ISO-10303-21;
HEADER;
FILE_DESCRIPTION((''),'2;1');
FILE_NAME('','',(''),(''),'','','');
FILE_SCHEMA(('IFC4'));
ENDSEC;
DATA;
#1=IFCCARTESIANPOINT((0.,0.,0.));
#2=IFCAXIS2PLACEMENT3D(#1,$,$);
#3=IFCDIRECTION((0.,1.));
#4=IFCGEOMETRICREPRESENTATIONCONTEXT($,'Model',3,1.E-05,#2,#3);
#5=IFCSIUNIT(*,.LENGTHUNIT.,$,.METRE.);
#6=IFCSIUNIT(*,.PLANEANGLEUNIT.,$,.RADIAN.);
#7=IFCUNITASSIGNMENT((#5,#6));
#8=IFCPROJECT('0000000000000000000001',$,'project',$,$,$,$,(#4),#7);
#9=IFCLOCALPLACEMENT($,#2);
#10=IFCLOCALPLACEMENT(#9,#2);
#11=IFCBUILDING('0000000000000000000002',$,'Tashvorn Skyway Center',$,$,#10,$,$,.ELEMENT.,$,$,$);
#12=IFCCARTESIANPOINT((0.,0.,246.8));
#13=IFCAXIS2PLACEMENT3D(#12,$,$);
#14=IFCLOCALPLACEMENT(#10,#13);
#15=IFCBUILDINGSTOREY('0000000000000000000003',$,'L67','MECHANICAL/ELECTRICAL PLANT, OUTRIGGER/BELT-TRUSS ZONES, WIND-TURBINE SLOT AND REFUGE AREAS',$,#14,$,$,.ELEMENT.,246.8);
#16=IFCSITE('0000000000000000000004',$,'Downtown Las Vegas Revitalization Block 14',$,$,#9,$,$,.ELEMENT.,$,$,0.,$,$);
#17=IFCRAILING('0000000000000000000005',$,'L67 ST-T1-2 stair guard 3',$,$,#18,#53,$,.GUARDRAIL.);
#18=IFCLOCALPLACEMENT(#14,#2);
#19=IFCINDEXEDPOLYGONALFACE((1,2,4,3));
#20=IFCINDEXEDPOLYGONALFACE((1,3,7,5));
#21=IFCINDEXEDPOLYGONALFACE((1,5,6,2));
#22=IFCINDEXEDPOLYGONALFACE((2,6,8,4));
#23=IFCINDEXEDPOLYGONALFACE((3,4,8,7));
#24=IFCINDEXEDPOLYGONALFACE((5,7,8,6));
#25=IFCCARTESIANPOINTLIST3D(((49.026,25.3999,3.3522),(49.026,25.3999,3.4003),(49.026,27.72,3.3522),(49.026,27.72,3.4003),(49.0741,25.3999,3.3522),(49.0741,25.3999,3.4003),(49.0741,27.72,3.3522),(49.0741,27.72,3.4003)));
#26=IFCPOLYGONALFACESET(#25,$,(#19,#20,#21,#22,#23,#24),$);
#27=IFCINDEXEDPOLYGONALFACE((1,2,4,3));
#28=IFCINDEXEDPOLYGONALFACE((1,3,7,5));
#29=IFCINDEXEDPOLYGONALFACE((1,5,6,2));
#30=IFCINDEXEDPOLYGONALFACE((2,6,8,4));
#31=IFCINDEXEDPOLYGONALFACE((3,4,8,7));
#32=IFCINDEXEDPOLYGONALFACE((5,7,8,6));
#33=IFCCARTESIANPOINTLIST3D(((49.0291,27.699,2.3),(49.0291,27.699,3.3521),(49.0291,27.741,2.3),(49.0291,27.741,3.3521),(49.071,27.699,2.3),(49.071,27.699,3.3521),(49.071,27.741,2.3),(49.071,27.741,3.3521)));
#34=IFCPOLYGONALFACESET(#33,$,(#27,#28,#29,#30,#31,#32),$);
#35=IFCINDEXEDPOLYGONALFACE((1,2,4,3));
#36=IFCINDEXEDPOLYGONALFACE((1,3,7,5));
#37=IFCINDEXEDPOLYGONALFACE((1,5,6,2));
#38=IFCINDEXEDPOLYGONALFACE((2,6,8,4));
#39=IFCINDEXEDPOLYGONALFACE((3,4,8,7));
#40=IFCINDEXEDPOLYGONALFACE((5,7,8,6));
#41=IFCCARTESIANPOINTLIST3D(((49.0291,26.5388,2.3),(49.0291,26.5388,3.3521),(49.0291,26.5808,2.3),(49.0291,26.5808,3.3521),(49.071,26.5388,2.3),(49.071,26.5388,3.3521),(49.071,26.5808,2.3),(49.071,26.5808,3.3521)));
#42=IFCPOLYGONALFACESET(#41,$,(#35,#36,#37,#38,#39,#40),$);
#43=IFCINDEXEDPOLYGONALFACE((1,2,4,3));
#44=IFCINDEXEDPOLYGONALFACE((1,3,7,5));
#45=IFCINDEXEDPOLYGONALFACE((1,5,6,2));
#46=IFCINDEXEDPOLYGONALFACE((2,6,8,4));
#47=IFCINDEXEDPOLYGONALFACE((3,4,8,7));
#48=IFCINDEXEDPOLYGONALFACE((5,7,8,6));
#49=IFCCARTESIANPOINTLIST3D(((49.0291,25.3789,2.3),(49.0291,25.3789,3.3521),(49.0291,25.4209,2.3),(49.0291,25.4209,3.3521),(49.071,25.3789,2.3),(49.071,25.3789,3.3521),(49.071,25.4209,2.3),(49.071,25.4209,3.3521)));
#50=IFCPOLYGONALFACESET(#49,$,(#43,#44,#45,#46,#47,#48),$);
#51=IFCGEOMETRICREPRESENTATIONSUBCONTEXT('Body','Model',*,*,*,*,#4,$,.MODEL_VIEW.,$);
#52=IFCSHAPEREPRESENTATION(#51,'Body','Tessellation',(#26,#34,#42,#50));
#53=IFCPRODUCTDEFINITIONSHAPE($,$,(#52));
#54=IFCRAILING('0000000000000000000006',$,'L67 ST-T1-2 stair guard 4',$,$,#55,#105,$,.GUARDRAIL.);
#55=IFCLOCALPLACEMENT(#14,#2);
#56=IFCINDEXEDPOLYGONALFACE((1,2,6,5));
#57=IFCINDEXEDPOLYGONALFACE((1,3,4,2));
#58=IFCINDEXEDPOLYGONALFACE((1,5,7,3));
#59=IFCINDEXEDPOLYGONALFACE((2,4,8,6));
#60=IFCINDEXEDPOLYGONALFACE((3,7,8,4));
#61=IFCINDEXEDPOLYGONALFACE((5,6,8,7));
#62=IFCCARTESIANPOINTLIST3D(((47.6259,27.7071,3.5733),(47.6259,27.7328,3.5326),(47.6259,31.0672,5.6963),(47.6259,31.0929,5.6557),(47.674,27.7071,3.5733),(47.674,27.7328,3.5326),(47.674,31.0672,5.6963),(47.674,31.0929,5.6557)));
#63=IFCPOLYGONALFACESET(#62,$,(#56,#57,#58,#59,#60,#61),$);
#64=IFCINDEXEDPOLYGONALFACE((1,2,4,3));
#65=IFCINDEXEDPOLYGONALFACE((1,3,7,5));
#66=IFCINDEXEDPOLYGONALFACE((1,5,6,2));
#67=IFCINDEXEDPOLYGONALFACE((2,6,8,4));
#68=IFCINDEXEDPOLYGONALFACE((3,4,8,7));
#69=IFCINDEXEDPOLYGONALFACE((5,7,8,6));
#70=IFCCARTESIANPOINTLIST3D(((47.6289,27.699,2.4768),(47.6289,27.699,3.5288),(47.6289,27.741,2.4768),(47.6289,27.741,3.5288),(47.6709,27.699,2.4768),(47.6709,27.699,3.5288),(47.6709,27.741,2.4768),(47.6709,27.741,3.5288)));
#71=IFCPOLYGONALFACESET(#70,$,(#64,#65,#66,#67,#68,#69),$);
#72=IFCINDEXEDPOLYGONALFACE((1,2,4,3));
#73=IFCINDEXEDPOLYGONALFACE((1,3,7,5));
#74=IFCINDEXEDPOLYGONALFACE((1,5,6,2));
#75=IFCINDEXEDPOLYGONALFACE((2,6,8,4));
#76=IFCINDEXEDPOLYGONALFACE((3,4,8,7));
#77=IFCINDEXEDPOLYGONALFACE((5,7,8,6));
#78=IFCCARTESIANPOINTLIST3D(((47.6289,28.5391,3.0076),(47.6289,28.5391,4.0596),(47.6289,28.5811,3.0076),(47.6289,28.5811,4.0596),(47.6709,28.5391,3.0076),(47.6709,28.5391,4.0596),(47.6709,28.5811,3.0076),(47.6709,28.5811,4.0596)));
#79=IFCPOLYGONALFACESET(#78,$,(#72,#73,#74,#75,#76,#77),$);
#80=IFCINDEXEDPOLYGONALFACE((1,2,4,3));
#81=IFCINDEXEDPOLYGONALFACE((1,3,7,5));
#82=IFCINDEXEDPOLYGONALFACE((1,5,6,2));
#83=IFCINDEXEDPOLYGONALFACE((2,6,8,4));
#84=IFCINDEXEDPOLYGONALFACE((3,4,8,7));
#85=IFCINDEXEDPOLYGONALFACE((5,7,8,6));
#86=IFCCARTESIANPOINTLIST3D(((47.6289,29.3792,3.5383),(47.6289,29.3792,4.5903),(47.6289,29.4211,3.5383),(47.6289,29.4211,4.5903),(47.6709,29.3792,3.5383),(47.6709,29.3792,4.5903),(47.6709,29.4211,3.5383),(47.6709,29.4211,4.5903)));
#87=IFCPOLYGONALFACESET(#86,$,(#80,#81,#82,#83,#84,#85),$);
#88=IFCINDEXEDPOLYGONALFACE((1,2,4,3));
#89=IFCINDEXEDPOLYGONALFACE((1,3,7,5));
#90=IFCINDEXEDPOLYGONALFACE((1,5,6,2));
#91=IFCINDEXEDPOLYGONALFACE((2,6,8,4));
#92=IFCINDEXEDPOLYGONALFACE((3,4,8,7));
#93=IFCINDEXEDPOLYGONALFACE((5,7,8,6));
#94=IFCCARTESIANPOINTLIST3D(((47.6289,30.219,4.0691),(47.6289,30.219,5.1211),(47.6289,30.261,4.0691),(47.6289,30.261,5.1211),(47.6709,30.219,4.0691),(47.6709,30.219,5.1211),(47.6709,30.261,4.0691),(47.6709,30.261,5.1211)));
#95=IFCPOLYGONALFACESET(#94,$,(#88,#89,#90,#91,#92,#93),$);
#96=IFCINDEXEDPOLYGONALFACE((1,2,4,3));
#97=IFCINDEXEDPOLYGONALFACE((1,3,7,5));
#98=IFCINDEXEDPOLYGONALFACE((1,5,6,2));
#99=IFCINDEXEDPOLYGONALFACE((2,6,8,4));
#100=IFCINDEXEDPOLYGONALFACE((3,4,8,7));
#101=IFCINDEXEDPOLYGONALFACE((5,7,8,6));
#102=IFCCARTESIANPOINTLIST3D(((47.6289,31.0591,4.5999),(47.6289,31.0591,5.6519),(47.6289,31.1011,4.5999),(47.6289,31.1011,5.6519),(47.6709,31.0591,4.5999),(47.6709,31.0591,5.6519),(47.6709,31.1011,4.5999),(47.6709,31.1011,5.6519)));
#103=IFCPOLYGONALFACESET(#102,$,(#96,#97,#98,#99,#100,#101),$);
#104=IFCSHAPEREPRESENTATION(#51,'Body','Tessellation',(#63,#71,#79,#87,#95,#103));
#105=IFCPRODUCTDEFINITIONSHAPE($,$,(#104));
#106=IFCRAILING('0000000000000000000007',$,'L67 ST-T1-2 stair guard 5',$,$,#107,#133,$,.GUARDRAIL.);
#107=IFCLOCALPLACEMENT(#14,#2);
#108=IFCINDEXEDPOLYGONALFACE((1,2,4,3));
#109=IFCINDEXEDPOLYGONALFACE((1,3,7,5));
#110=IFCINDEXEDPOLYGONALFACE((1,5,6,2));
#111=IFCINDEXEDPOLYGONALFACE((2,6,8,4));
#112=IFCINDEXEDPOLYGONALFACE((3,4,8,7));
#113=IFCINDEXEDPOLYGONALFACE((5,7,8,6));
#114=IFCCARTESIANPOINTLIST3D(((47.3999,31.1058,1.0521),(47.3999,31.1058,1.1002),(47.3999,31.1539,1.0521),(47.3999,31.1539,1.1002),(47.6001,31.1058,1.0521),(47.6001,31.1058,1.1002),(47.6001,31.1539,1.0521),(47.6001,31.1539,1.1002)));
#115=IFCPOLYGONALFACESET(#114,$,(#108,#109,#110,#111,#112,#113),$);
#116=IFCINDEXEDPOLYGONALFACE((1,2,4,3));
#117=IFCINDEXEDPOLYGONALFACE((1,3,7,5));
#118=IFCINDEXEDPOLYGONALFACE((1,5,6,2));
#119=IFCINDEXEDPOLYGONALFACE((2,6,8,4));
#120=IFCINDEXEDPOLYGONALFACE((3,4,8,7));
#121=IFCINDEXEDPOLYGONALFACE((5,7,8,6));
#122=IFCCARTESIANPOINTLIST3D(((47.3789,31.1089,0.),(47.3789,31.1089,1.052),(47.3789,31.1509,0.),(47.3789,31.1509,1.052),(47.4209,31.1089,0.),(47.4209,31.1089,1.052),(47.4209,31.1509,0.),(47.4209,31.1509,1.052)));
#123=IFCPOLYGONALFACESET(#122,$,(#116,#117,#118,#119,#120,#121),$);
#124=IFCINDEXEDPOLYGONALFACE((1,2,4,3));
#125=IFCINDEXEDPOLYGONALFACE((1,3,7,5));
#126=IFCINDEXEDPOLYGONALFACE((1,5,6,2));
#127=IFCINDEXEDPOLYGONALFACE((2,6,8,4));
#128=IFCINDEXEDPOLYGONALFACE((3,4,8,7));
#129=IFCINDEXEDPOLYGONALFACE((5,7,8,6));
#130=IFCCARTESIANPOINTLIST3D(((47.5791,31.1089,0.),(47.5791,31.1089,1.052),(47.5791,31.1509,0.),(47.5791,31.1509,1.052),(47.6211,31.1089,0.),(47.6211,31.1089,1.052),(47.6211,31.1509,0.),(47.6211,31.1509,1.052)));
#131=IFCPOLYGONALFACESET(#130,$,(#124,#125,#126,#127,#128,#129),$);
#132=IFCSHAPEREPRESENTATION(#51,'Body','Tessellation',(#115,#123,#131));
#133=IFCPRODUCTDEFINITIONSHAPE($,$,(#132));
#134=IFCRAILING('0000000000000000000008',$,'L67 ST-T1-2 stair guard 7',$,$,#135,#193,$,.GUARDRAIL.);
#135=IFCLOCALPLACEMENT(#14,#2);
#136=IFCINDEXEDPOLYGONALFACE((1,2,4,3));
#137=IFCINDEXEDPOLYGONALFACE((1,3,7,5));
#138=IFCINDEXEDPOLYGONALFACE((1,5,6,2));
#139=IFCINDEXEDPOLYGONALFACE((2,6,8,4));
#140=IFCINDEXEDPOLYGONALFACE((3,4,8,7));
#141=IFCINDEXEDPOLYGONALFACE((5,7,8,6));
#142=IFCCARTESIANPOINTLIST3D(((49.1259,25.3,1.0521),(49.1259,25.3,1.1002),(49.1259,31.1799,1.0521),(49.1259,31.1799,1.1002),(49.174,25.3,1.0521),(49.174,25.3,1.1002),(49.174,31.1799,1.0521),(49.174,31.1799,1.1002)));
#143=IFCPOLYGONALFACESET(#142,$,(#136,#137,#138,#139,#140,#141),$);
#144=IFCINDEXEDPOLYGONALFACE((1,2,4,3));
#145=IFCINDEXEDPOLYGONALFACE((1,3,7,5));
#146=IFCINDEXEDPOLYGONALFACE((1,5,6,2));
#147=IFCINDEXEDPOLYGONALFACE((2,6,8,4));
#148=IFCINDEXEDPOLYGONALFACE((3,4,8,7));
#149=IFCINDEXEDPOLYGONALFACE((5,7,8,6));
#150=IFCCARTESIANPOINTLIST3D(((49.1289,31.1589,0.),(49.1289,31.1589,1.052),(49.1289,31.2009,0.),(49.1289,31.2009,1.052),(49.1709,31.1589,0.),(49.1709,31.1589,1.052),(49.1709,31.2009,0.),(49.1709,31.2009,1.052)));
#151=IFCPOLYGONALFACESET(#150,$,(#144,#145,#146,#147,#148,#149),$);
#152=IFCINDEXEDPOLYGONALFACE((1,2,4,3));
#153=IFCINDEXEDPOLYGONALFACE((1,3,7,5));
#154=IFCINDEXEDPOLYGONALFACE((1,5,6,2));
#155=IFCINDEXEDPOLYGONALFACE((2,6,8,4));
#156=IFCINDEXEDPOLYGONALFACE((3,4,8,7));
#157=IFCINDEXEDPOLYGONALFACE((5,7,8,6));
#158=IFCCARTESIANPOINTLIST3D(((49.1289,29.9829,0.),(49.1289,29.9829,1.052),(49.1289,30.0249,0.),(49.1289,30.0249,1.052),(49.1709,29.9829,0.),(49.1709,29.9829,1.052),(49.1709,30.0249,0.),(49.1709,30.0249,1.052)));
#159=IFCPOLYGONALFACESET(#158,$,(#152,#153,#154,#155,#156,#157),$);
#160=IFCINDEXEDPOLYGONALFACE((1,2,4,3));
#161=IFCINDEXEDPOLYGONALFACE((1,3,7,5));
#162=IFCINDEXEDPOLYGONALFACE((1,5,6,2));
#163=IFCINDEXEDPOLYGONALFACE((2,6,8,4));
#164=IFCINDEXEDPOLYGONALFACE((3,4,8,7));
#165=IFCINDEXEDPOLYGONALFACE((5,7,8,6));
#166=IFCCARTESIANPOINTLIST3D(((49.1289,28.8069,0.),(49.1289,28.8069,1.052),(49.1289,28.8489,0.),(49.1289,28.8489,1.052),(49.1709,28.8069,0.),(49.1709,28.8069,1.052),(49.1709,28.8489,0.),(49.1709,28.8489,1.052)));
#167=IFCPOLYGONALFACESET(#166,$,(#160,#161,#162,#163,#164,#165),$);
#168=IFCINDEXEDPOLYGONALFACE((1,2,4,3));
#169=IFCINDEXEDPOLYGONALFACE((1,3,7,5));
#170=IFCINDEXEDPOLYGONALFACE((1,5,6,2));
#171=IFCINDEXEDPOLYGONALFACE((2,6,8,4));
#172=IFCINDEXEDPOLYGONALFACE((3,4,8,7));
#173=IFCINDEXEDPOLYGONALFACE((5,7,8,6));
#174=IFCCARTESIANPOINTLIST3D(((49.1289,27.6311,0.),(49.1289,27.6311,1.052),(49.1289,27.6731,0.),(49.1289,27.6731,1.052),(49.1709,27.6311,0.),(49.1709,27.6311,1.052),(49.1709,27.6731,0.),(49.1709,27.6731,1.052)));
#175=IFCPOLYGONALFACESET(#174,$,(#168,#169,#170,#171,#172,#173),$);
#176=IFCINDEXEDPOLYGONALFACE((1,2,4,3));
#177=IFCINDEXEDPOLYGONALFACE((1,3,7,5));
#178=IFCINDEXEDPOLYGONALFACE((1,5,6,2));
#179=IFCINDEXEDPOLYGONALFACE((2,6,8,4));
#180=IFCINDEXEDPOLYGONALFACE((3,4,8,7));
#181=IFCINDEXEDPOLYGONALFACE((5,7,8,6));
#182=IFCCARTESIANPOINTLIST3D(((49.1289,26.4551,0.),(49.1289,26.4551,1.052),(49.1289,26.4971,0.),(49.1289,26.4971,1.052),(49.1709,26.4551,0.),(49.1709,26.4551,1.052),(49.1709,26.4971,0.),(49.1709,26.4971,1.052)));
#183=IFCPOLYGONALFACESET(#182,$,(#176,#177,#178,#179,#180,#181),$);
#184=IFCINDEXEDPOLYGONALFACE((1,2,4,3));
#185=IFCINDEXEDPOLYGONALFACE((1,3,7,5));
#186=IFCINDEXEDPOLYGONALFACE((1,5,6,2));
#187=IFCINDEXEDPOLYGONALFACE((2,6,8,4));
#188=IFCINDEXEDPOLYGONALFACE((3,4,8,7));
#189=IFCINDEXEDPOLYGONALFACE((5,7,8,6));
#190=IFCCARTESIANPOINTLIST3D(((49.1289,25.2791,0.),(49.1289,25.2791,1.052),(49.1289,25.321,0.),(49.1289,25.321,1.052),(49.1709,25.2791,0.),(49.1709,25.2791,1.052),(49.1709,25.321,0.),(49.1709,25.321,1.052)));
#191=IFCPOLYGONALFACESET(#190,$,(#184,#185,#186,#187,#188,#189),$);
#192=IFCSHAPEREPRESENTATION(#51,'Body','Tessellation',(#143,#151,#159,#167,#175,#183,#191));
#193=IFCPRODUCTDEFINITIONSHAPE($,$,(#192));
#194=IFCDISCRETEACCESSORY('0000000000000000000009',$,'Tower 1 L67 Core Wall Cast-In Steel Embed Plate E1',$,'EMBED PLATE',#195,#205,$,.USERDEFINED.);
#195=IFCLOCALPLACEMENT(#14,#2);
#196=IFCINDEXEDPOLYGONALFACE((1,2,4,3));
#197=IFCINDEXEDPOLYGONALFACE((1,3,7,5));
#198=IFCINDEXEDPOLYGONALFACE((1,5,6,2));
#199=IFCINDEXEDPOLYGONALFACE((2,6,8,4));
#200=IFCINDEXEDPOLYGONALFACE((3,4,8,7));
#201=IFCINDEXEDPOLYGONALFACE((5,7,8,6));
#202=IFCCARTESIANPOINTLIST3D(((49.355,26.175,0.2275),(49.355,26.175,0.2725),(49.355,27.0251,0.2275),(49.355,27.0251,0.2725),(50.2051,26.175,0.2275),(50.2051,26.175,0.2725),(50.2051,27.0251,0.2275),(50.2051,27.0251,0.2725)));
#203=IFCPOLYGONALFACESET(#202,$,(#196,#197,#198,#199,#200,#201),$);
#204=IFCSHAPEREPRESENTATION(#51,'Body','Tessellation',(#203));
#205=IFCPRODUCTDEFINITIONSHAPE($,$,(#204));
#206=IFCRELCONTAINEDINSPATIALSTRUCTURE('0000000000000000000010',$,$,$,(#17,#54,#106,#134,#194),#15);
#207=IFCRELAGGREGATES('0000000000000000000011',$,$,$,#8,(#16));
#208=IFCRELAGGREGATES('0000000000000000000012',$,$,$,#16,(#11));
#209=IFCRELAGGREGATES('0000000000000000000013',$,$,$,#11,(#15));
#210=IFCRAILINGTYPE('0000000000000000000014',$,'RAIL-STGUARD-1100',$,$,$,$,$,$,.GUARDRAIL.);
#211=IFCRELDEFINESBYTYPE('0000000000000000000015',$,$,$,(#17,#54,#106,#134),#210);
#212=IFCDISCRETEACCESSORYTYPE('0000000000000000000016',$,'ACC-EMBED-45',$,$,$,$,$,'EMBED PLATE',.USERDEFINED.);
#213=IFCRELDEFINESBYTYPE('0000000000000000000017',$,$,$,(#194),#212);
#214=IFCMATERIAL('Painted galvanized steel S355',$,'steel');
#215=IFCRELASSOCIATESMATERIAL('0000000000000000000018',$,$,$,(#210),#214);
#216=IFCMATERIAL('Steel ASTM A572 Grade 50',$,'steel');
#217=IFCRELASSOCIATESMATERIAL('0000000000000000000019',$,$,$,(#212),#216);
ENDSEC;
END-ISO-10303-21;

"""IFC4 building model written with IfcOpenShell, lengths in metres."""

from ifc_helpers import new_model, si_unit, direction, frame, origin, origin_2d, place, context, subcontext, project, spatial, rectangle, extrude, material, type_object, element, save


model = new_model("IFC4")

# Units and contexts
model_context = context("Model", 3, precision=1e-05, world=origin(), true_north=direction((0.0, 1.0)))
body_context = subcontext(model_context, "Body", "Model", "MODEL_VIEW")
ifc_project = project(units=[si_unit("LENGTHUNIT", "METRE"), si_unit("PLANEANGLEUNIT", "RADIAN")], contexts=[model_context])

# Site, building, storey
site_placement = place(None, origin())
site = spatial("IfcSite", under=ifc_project, at=site_placement, Name="Downtown Las Vegas Revitalization Block 14", CompositionType="ELEMENT", RefElevation=0.0)
building_placement = place(site_placement, origin())
building = spatial("IfcBuilding", under=site, at=building_placement, Name="Tashvorn Skyway Center", CompositionType="ELEMENT")
storey_placement = place(building_placement, frame((0.0, 0.0, 246.8)))
storey = spatial("IfcBuildingStorey", under=building, at=storey_placement, Name="L67", Description="MECHANICAL/ELECTRICAL PLANT, OUTRIGGER/BELT-TRUSS ZONES, WIND-TURBINE SLOT AND REFUGE AREAS", CompositionType="ELEMENT", Elevation=246.8)

# Shared definitions
ifc_material_1 = material(Name="Steel ASTM A572 Grade 50", Category="steel")

# Railings
ifc_material_2 = material(Name="Painted galvanized steel S355", Category="steel")
railing_type_1 = type_object("IfcRailingType", Name="RAIL-STGUARD-1100", PredefinedType="GUARDRAIL", material=ifc_material_2)
railing_1_placement = place(storey_placement, frame((49.05, 27.72, 2.3)))
element("IfcRailing", 1, at=railing_1_placement, inside=storey, type_object=railing_type_1, Name="L67 ST-T1-2 stair guard 3", PredefinedType="GUARDRAIL", context=body_context, shape_type="SweptSolid", body=[
    extrude(rectangle(XDim=0.0481, YDim=0.0481, at=origin_2d()), frame((0.0, 0.0, 1.0762), z_axis=(0.0, -1.0, 0.0), x_axis=(1.0, 0.0, 0.0)), (0.0, 0.0, 1.0), 2.3201),
    extrude(rectangle(XDim=0.042, YDim=0.042, at=origin_2d()), origin(), (0.0, 0.0, 1.0), 1.052),
    extrude(rectangle(XDim=0.042, YDim=0.042, at=origin_2d()), frame((0.0, -1.1602, 0.0)), (0.0, 0.0, 1.0), 1.052),
    extrude(rectangle(XDim=0.042, YDim=0.042, at=origin_2d()), frame((0.0, -2.3201, 0.0)), (0.0, 0.0, 1.0), 1.052),
])
railing_2_placement = place(storey_placement, frame((47.6499, 27.72, 2.4768)))
element("IfcRailing", 2, at=railing_2_placement, inside=storey, type_object=railing_type_1, Name="L67 ST-T1-2 stair guard 4", PredefinedType="GUARDRAIL", context=body_context, shape_type="SweptSolid", body=[
    extrude(rectangle(XDim=0.0481, YDim=0.0481, at=origin_2d()), frame((0.0, 0.0, 1.0762), z_axis=(0.0, 0.84539, 0.53415), x_axis=(-1.0, 0.0, 0.0)), (0.0, 0.0, 1.0), 3.9746),
    extrude(rectangle(XDim=0.042, YDim=0.042, at=origin_2d()), origin(), (0.0, 0.0, 1.0), 1.052),
    extrude(rectangle(XDim=0.042, YDim=0.042, at=origin_2d()), frame((0.0, 0.8401, 0.5308)), (0.0, 0.0, 1.0), 1.052),
    extrude(rectangle(XDim=0.042, YDim=0.042, at=origin_2d()), frame((0.0, 1.6802, 1.0615)), (0.0, 0.0, 1.0), 1.052),
    extrude(rectangle(XDim=0.042, YDim=0.042, at=origin_2d()), frame((0.0, 2.52, 1.5923)), (0.0, 0.0, 1.0), 1.052),
    extrude(rectangle(XDim=0.042, YDim=0.042, at=origin_2d()), frame((0.0, 3.3601, 2.123)), (0.0, 0.0, 1.0), 1.052),
])
railing_3_placement = place(storey_placement, frame((47.3999, 31.1299, 0.0)))
element("IfcRailing", 3, at=railing_3_placement, inside=storey, type_object=railing_type_1, Name="L67 ST-T1-2 stair guard 5", PredefinedType="GUARDRAIL", context=body_context, shape_type="SweptSolid", body=[
    extrude(rectangle(XDim=0.0481, YDim=0.0481, at=origin_2d()), frame((0.0, 0.0, 1.0762), z_axis=(1.0, 0.0, 0.0), x_axis=(0.0, 1.0, 0.0)), (0.0, 0.0, 1.0), 0.2002),
    extrude(rectangle(XDim=0.042, YDim=0.042, at=origin_2d()), origin(), (0.0, 0.0, 1.0), 1.052),
    extrude(rectangle(XDim=0.042, YDim=0.042, at=origin_2d()), frame((0.2002, 0.0, 0.0)), (0.0, 0.0, 1.0), 1.052),
])
railing_4_placement = place(storey_placement, frame((49.1499, 31.1799, 0.0)))
element("IfcRailing", 4, at=railing_4_placement, inside=storey, type_object=railing_type_1, Name="L67 ST-T1-2 stair guard 7", PredefinedType="GUARDRAIL", context=body_context, shape_type="SweptSolid", body=[
    extrude(rectangle(XDim=0.0481, YDim=0.0481, at=origin_2d()), frame((0.0, 0.0, 1.0762), z_axis=(0.0, -1.0, 0.0), x_axis=(1.0, 0.0, 0.0)), (0.0, 0.0, 1.0), 5.8799),
    extrude(rectangle(XDim=0.042, YDim=0.042, at=origin_2d()), origin(), (0.0, 0.0, 1.0), 1.052),
    extrude(rectangle(XDim=0.042, YDim=0.042, at=origin_2d()), frame((0.0, -1.176, 0.0)), (0.0, 0.0, 1.0), 1.052),
    extrude(rectangle(XDim=0.042, YDim=0.042, at=origin_2d()), frame((0.0, -2.3521, 0.0)), (0.0, 0.0, 1.0), 1.052),
    extrude(rectangle(XDim=0.042, YDim=0.042, at=origin_2d()), frame((0.0, -3.5278, 0.0)), (0.0, 0.0, 1.0), 1.052),
    extrude(rectangle(XDim=0.042, YDim=0.042, at=origin_2d()), frame((0.0, -4.7039, 0.0)), (0.0, 0.0, 1.0), 1.052),
    extrude(rectangle(XDim=0.042, YDim=0.042, at=origin_2d()), frame((0.0, -5.8799, 0.0)), (0.0, 0.0, 1.0), 1.052),
])

# Discrete accessory
discrete_accessory_type = type_object("IfcDiscreteAccessoryType", Name="ACC-EMBED-45", ElementType="EMBED PLATE", PredefinedType="USERDEFINED", material=ifc_material_1)
discrete_accessory_placement = place(storey_placement, frame((49.78, 26.6001, 0.2275), z_axis=(0.0, 0.0, 1.0), x_axis=(1.0, 0.0, 0.0)))
element("IfcDiscreteAccessory", 5, at=discrete_accessory_placement, inside=storey, type_object=discrete_accessory_type, Name="Tower 1 L67 Core Wall Cast-In Steel Embed Plate E1", ObjectType="EMBED PLATE", PredefinedType="USERDEFINED", context=body_context, shape_type="SweptSolid", body=[
    extrude(rectangle(XDim=0.8501, YDim=0.8501, at=origin_2d()), origin(), (0.0, 0.0, 1.0), 0.0449),
])

save(model, "model.ifc")
